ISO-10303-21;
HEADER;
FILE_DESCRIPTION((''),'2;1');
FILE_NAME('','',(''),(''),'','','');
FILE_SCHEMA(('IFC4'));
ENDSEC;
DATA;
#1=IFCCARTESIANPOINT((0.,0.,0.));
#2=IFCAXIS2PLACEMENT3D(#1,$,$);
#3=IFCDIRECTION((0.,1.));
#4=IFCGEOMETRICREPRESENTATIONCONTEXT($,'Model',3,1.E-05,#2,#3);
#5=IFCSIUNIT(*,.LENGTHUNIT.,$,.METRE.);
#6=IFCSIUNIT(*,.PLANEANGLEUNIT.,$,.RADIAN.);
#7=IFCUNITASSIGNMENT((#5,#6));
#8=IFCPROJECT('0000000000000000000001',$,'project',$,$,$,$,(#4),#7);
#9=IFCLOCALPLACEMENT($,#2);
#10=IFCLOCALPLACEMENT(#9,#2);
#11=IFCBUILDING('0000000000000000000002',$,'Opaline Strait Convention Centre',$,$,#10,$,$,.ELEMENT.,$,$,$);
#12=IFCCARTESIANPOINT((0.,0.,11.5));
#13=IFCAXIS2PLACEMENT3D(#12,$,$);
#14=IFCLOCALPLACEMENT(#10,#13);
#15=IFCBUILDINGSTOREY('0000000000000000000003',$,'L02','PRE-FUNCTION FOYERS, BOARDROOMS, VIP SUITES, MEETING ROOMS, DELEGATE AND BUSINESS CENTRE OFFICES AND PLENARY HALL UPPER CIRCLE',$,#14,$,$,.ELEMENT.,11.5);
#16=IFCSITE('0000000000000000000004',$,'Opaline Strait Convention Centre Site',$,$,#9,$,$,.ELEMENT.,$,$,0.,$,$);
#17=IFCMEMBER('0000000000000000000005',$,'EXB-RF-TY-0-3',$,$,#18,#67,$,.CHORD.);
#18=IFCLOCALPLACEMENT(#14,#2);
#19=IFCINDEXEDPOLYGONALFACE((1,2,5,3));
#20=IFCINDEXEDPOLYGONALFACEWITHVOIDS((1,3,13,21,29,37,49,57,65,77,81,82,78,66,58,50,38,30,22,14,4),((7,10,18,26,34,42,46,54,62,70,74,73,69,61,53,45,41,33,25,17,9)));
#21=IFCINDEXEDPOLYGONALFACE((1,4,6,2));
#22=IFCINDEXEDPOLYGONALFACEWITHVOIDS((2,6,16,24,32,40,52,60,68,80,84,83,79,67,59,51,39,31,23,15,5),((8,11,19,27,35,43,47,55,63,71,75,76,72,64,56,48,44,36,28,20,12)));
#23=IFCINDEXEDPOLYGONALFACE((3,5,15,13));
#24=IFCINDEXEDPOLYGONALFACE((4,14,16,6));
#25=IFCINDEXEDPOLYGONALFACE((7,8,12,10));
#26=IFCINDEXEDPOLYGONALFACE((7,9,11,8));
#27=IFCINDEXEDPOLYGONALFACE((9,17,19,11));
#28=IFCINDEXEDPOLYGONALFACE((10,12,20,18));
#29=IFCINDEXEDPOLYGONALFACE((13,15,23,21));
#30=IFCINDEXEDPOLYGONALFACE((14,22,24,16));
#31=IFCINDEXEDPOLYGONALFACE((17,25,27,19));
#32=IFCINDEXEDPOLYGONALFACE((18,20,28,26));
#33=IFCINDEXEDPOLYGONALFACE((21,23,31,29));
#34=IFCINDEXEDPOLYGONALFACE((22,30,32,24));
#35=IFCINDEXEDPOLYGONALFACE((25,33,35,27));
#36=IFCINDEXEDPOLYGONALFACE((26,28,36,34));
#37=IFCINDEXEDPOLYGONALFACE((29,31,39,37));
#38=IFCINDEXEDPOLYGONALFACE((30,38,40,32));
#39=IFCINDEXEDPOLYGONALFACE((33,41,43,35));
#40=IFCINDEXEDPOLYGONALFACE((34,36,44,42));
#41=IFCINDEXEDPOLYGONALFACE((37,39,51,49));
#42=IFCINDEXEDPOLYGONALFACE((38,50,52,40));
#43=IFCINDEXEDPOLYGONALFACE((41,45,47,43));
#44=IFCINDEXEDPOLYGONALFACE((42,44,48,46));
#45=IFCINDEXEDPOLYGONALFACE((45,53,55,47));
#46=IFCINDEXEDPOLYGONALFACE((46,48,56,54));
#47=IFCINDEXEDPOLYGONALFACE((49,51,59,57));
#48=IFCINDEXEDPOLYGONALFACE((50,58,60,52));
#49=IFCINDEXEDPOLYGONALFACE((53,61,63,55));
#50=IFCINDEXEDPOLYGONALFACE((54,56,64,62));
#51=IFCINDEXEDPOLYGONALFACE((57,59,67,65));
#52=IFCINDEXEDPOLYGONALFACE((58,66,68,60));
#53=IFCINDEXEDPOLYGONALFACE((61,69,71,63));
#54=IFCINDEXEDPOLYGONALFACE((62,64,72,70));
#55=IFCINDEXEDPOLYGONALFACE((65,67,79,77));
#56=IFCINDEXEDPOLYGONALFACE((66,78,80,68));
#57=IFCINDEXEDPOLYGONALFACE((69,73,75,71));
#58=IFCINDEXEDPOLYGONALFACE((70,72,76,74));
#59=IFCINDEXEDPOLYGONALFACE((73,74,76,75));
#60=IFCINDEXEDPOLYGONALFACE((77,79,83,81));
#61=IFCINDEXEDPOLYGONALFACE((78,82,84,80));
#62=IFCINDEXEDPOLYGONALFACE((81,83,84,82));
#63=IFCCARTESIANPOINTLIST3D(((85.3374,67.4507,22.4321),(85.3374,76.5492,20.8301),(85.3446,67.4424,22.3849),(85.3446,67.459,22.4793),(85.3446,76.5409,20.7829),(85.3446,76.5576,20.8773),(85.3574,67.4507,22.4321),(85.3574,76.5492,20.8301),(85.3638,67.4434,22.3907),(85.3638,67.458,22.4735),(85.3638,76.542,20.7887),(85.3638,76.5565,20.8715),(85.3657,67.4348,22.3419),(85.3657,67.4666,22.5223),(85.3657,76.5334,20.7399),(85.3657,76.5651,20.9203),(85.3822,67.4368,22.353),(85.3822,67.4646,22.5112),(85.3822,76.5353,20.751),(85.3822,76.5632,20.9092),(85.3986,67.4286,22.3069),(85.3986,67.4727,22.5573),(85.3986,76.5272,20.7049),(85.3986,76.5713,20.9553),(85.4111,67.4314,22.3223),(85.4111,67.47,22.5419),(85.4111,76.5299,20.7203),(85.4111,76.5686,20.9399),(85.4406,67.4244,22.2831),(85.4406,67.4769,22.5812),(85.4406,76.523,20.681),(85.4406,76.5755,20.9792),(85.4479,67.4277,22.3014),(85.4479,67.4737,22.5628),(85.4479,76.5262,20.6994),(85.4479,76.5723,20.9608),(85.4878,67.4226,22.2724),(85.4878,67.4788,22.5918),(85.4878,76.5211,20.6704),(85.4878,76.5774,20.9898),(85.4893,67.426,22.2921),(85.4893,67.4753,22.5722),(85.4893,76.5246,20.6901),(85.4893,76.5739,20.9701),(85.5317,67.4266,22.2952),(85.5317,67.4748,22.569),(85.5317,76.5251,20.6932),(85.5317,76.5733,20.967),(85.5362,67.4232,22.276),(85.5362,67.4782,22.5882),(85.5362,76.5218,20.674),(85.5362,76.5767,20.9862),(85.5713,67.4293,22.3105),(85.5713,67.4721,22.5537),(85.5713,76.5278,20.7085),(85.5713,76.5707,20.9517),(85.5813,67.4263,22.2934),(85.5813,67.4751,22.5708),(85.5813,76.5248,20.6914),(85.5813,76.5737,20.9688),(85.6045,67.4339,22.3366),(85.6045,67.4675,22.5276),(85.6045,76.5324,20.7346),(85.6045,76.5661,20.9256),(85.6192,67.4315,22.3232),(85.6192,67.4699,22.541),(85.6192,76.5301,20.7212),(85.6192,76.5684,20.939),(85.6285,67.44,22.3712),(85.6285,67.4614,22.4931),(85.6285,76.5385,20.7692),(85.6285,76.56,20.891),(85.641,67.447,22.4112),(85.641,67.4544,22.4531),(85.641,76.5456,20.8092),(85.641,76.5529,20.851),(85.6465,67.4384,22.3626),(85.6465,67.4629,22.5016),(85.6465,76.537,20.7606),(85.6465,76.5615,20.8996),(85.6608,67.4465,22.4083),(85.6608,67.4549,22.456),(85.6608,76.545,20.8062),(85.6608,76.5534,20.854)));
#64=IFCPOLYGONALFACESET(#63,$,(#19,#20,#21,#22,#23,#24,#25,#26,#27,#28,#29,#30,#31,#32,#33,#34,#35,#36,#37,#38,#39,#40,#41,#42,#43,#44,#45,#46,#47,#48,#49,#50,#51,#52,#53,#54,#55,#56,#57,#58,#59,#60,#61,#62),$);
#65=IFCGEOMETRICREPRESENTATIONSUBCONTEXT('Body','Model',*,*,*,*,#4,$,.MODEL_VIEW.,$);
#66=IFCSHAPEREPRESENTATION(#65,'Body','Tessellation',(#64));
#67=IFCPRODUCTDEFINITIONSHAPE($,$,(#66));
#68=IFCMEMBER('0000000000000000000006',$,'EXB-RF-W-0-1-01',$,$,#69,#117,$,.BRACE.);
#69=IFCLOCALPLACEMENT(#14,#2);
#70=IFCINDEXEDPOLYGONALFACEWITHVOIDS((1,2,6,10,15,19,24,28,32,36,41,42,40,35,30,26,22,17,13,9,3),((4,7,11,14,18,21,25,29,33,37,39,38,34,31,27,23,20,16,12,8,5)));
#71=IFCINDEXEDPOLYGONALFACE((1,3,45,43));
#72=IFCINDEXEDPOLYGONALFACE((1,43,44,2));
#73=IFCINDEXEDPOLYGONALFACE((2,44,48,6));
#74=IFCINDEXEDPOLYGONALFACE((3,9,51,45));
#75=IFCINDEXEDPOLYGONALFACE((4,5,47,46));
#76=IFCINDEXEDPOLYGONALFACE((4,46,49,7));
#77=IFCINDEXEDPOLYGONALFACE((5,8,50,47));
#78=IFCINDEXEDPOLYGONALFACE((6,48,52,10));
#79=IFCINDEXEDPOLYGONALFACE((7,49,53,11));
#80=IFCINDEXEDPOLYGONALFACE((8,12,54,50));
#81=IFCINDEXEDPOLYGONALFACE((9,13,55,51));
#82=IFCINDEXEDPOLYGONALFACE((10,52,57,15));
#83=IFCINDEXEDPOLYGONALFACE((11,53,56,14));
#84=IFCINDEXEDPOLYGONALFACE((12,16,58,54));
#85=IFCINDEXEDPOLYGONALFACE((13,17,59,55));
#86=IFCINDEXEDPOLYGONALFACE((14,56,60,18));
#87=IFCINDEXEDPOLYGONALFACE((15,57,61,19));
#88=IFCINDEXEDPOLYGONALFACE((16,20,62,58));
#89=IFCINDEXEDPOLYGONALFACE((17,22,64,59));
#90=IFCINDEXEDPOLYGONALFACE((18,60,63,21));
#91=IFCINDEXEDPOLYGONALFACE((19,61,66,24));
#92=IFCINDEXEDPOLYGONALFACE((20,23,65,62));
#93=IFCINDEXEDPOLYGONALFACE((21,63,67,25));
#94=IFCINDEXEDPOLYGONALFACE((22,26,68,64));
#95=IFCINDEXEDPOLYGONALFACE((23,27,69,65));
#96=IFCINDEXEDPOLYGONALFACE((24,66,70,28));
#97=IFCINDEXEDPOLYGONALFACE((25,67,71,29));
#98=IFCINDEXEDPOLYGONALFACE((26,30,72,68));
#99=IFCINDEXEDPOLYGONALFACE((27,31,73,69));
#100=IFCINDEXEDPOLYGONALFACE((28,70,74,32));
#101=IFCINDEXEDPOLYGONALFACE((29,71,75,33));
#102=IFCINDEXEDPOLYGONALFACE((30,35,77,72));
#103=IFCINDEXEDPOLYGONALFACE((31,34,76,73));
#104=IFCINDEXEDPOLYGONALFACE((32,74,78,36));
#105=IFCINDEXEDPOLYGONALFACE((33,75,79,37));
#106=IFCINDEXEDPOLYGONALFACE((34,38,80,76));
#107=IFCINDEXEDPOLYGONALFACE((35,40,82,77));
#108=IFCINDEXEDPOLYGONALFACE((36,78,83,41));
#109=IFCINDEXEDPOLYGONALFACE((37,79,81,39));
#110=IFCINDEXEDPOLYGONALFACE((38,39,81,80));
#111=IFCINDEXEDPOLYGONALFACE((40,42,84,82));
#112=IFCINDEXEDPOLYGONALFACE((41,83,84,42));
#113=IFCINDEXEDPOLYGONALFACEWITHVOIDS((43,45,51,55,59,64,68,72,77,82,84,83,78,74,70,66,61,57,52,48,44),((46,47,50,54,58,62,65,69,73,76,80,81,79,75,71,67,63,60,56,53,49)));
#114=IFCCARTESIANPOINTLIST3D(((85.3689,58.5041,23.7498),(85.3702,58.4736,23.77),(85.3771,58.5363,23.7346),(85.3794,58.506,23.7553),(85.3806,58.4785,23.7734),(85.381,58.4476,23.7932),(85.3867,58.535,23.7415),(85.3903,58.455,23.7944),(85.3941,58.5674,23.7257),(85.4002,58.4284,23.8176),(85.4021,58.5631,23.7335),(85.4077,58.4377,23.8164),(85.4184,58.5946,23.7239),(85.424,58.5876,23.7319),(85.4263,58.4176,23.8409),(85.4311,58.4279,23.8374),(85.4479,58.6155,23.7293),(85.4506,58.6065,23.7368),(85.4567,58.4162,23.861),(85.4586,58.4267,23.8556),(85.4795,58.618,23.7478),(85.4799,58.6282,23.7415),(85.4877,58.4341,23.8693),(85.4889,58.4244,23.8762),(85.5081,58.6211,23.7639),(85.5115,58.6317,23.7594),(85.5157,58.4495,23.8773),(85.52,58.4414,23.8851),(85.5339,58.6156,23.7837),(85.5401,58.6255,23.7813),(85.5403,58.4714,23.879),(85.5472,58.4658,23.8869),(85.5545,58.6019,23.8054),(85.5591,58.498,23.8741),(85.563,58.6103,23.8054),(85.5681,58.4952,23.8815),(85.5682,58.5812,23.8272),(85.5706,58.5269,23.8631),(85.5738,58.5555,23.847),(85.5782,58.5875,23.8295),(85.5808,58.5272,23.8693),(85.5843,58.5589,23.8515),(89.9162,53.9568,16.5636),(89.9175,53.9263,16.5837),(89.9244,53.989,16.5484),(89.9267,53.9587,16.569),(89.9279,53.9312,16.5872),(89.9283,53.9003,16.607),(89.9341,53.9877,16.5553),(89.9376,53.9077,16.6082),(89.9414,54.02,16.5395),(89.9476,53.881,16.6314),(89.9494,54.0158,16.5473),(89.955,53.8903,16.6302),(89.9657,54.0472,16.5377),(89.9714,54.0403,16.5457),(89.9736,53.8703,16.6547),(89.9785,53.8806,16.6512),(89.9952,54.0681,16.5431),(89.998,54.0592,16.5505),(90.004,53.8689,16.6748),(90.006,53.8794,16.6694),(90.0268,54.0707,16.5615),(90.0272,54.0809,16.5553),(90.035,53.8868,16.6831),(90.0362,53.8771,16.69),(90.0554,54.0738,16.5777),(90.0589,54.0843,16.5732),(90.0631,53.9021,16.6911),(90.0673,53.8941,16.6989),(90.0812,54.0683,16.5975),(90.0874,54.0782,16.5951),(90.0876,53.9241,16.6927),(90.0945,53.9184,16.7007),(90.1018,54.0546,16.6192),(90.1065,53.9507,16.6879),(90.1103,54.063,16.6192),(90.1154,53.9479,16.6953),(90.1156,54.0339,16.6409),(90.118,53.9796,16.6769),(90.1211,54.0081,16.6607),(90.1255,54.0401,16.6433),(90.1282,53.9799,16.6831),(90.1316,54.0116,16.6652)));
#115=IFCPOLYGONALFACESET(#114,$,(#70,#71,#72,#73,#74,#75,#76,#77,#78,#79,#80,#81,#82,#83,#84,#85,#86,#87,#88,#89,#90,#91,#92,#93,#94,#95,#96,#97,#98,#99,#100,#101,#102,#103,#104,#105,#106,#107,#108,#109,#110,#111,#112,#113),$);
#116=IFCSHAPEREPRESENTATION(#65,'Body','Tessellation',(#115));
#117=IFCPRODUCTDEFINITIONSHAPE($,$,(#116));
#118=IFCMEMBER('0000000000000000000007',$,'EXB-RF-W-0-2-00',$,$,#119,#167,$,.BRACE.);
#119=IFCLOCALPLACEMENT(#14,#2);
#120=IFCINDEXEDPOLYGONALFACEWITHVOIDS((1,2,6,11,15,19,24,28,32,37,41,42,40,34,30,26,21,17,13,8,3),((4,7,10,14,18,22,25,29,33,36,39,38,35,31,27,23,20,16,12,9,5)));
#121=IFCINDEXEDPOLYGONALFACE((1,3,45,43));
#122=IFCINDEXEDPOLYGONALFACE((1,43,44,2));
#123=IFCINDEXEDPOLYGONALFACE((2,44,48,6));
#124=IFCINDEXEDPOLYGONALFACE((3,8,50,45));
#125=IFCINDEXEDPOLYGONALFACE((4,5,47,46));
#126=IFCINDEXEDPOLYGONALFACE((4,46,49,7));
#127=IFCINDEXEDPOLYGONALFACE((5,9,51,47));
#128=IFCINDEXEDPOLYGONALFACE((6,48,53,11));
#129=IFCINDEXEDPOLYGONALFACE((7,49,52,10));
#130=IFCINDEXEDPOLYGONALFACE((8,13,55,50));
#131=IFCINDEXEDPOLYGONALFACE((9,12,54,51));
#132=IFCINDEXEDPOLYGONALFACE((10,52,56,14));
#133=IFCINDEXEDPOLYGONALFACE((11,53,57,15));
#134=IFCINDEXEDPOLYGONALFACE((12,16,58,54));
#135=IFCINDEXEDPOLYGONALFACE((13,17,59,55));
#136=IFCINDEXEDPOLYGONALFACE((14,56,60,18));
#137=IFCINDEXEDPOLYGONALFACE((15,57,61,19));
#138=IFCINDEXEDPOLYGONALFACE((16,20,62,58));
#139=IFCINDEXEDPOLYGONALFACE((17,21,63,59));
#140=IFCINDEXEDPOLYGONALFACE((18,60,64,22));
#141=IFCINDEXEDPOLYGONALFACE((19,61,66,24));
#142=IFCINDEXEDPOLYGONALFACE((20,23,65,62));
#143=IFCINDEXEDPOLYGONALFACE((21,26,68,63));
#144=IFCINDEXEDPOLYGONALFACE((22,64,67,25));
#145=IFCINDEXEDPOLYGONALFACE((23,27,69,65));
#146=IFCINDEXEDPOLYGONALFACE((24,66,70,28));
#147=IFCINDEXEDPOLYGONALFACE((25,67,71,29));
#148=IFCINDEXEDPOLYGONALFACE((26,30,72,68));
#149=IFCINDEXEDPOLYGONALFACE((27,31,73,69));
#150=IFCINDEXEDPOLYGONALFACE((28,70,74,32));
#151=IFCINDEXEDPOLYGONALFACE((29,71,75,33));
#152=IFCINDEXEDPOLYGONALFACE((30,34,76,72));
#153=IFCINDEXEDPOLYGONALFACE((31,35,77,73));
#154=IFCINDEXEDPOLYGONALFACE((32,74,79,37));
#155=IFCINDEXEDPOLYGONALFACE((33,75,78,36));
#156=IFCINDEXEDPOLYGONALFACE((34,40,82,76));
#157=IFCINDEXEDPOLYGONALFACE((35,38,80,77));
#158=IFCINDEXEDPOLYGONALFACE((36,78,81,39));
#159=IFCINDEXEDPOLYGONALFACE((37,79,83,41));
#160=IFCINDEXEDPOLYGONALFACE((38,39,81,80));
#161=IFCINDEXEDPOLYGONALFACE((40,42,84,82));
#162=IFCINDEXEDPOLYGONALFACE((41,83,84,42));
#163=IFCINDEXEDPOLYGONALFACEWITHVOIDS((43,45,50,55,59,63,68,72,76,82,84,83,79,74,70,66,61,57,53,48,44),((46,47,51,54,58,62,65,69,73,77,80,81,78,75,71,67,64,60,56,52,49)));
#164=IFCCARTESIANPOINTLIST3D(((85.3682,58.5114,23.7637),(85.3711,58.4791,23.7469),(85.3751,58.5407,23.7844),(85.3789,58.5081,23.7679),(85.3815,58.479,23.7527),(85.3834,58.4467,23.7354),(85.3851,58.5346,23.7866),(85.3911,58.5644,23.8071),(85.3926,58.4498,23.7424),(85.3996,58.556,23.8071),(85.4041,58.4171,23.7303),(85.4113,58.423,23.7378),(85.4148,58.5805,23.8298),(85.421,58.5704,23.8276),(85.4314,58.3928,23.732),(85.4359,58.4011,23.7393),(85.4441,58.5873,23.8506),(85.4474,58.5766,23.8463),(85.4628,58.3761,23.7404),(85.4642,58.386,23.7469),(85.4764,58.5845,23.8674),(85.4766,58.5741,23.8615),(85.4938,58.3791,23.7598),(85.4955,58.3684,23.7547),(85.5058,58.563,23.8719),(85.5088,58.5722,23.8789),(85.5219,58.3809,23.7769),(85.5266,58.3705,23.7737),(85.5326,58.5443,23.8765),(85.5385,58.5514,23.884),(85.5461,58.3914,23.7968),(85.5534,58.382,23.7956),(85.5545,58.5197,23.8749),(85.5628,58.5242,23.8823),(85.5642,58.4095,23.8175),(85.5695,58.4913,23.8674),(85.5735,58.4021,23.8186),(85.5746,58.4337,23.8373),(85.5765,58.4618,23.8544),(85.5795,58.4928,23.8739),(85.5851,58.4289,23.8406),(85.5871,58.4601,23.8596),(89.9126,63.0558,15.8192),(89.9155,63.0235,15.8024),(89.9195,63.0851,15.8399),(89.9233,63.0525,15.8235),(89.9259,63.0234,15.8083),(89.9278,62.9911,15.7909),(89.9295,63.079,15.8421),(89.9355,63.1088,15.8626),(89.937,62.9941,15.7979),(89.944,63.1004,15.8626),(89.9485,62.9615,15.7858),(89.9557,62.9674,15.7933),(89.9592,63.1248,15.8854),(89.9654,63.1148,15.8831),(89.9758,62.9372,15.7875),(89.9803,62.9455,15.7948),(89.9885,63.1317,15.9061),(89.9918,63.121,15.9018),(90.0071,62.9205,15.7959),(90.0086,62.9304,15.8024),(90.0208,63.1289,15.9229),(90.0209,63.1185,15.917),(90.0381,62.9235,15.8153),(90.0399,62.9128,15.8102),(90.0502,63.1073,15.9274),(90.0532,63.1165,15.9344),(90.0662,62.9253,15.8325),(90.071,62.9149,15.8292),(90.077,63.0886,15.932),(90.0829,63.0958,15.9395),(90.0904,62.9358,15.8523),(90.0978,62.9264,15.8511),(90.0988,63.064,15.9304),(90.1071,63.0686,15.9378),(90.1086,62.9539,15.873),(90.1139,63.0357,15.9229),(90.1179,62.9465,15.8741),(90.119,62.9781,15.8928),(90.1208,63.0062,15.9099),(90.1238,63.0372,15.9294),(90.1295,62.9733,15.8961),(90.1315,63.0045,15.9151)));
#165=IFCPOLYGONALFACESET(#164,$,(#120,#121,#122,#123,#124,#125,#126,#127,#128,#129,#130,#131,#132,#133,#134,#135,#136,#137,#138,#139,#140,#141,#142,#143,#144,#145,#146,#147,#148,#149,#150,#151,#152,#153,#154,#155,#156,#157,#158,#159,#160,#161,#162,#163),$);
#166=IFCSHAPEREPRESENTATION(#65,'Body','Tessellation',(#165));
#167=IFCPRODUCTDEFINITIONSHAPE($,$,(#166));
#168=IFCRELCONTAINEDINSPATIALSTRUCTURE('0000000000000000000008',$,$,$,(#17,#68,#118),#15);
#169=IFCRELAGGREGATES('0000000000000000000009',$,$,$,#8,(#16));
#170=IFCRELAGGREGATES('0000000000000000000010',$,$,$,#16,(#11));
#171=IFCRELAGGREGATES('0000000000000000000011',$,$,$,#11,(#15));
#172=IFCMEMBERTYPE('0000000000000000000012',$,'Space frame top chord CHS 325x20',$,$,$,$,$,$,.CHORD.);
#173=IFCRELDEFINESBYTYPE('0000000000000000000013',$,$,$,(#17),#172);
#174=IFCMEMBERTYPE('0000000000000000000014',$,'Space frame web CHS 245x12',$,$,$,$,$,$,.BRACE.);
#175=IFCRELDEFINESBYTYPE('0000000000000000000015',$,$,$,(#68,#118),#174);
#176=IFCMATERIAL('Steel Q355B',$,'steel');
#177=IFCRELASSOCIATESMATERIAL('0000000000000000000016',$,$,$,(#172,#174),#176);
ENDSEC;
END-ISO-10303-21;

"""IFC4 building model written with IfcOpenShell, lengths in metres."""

from ifc_helpers import new_model, si_unit, direction, frame, origin, origin_2d, place, context, subcontext, project, spatial, hollow_circle, extrude, material, material_profile, profile_set, type_object, element, save


model = new_model("IFC4")

# Units and contexts
model_context = context("Model", 3, precision=1e-05, world=origin(), true_north=direction((0.0, 1.0)))
body_context = subcontext(model_context, "Body", "Model", "MODEL_VIEW")
ifc_project = project(units=[si_unit("LENGTHUNIT", "METRE"), si_unit("PLANEANGLEUNIT", "RADIAN")], contexts=[model_context])

# Site, building, storey
site_placement = place(None, origin())
site = spatial("IfcSite", under=ifc_project, at=site_placement, Name="Opaline Strait Convention Centre Site", CompositionType="ELEMENT", RefElevation=0.0)
building_placement = place(site_placement, origin())
building = spatial("IfcBuilding", under=site, at=building_placement, Name="Opaline Strait Convention Centre", CompositionType="ELEMENT")
storey_placement = place(building_placement, frame((0.0, 0.0, 11.5)))
storey = spatial("IfcBuildingStorey", under=building, at=storey_placement, Name="L02", Description="PRE-FUNCTION FOYERS, BOARDROOMS, VIP SUITES, MEETING ROOMS, DELEGATE AND BUSINESS CENTRE OFFICES AND PLENARY HALL UPPER CIRCLE", CompositionType="ELEMENT", Elevation=11.5)

# Members
ifc_material_1 = material(Name="Steel Q355B", Category="steel")
ifc_material_profile_1 = material_profile(ifc_material_1, hollow_circle(Radius=0.1626, WallThickness=0.02, at=origin_2d()), Name="CHS 325x20")
ifc_profile_set_1 = profile_set([ifc_material_profile_1], Name="Steel Q355B")
member_type_1 = type_object("IfcMemberType", Name="Space frame top chord CHS 325x20", PredefinedType="CHORD", material=ifc_profile_set_1)
member_1_placement = place(storey_placement, frame((85.5, 67.4507, 22.4321), z_axis=(0.0, 0.98485, -0.173408), x_axis=(-1.0, 0.0, 0.0)))
element("IfcMember", 1, at=member_1_placement, inside=storey, type_object=member_type_1, Name="EXB-RF-TY-0-3", PredefinedType="CHORD", context=body_context, shape_type="SweptSolid", body=[
    extrude(hollow_circle(Radius=0.1626, WallThickness=0.02, at=origin_2d()), origin(), (0.0, 0.0, 1.0), 9.2385),
])
ifc_material_profile_2 = material_profile(ifc_material_1, hollow_circle(Radius=0.1226, WallThickness=0.012, at=origin_2d()), Name="CHS 245x12")
ifc_profile_set_2 = profile_set([ifc_material_profile_2], Name="Steel Q355B")
member_type_2 = type_object("IfcMemberType", Name="Space frame web CHS 245x12", PredefinedType="BRACE", material=ifc_profile_set_2)
member_2_placement = place(storey_placement, frame((85.4763, 58.5237, 23.8054), z_axis=(0.471541, -0.471541, -0.745184), x_axis=(0.707107, 0.707107, 0.0)))
element("IfcMember", 2, at=member_2_placement, inside=storey, type_object=member_type_2, Name="EXB-RF-W-0-1-01", PredefinedType="BRACE", context=body_context, shape_type="SweptSolid", body=[
    extrude(hollow_circle(Radius=0.1226, WallThickness=0.012, at=origin_2d()), origin(), (0.0, 0.0, 1.0), 9.6436),
])
member_3_placement = place(storey_placement, frame((85.4778, 58.4778, 23.8071), z_axis=(0.444721, 0.444721, -0.777461), x_axis=(-0.707107, 0.707107, 0.0)))
element("IfcMember", 3, at=member_3_placement, inside=storey, type_object=member_type_2, Name="EXB-RF-W-0-2-00", PredefinedType="BRACE", context=body_context, shape_type="SweptSolid", body=[
    extrude(hollow_circle(Radius=0.1226, WallThickness=0.012, at=origin_2d()), origin(), (0.0, 0.0, 1.0), 10.2185),
])

save(model, "model.ifc")
